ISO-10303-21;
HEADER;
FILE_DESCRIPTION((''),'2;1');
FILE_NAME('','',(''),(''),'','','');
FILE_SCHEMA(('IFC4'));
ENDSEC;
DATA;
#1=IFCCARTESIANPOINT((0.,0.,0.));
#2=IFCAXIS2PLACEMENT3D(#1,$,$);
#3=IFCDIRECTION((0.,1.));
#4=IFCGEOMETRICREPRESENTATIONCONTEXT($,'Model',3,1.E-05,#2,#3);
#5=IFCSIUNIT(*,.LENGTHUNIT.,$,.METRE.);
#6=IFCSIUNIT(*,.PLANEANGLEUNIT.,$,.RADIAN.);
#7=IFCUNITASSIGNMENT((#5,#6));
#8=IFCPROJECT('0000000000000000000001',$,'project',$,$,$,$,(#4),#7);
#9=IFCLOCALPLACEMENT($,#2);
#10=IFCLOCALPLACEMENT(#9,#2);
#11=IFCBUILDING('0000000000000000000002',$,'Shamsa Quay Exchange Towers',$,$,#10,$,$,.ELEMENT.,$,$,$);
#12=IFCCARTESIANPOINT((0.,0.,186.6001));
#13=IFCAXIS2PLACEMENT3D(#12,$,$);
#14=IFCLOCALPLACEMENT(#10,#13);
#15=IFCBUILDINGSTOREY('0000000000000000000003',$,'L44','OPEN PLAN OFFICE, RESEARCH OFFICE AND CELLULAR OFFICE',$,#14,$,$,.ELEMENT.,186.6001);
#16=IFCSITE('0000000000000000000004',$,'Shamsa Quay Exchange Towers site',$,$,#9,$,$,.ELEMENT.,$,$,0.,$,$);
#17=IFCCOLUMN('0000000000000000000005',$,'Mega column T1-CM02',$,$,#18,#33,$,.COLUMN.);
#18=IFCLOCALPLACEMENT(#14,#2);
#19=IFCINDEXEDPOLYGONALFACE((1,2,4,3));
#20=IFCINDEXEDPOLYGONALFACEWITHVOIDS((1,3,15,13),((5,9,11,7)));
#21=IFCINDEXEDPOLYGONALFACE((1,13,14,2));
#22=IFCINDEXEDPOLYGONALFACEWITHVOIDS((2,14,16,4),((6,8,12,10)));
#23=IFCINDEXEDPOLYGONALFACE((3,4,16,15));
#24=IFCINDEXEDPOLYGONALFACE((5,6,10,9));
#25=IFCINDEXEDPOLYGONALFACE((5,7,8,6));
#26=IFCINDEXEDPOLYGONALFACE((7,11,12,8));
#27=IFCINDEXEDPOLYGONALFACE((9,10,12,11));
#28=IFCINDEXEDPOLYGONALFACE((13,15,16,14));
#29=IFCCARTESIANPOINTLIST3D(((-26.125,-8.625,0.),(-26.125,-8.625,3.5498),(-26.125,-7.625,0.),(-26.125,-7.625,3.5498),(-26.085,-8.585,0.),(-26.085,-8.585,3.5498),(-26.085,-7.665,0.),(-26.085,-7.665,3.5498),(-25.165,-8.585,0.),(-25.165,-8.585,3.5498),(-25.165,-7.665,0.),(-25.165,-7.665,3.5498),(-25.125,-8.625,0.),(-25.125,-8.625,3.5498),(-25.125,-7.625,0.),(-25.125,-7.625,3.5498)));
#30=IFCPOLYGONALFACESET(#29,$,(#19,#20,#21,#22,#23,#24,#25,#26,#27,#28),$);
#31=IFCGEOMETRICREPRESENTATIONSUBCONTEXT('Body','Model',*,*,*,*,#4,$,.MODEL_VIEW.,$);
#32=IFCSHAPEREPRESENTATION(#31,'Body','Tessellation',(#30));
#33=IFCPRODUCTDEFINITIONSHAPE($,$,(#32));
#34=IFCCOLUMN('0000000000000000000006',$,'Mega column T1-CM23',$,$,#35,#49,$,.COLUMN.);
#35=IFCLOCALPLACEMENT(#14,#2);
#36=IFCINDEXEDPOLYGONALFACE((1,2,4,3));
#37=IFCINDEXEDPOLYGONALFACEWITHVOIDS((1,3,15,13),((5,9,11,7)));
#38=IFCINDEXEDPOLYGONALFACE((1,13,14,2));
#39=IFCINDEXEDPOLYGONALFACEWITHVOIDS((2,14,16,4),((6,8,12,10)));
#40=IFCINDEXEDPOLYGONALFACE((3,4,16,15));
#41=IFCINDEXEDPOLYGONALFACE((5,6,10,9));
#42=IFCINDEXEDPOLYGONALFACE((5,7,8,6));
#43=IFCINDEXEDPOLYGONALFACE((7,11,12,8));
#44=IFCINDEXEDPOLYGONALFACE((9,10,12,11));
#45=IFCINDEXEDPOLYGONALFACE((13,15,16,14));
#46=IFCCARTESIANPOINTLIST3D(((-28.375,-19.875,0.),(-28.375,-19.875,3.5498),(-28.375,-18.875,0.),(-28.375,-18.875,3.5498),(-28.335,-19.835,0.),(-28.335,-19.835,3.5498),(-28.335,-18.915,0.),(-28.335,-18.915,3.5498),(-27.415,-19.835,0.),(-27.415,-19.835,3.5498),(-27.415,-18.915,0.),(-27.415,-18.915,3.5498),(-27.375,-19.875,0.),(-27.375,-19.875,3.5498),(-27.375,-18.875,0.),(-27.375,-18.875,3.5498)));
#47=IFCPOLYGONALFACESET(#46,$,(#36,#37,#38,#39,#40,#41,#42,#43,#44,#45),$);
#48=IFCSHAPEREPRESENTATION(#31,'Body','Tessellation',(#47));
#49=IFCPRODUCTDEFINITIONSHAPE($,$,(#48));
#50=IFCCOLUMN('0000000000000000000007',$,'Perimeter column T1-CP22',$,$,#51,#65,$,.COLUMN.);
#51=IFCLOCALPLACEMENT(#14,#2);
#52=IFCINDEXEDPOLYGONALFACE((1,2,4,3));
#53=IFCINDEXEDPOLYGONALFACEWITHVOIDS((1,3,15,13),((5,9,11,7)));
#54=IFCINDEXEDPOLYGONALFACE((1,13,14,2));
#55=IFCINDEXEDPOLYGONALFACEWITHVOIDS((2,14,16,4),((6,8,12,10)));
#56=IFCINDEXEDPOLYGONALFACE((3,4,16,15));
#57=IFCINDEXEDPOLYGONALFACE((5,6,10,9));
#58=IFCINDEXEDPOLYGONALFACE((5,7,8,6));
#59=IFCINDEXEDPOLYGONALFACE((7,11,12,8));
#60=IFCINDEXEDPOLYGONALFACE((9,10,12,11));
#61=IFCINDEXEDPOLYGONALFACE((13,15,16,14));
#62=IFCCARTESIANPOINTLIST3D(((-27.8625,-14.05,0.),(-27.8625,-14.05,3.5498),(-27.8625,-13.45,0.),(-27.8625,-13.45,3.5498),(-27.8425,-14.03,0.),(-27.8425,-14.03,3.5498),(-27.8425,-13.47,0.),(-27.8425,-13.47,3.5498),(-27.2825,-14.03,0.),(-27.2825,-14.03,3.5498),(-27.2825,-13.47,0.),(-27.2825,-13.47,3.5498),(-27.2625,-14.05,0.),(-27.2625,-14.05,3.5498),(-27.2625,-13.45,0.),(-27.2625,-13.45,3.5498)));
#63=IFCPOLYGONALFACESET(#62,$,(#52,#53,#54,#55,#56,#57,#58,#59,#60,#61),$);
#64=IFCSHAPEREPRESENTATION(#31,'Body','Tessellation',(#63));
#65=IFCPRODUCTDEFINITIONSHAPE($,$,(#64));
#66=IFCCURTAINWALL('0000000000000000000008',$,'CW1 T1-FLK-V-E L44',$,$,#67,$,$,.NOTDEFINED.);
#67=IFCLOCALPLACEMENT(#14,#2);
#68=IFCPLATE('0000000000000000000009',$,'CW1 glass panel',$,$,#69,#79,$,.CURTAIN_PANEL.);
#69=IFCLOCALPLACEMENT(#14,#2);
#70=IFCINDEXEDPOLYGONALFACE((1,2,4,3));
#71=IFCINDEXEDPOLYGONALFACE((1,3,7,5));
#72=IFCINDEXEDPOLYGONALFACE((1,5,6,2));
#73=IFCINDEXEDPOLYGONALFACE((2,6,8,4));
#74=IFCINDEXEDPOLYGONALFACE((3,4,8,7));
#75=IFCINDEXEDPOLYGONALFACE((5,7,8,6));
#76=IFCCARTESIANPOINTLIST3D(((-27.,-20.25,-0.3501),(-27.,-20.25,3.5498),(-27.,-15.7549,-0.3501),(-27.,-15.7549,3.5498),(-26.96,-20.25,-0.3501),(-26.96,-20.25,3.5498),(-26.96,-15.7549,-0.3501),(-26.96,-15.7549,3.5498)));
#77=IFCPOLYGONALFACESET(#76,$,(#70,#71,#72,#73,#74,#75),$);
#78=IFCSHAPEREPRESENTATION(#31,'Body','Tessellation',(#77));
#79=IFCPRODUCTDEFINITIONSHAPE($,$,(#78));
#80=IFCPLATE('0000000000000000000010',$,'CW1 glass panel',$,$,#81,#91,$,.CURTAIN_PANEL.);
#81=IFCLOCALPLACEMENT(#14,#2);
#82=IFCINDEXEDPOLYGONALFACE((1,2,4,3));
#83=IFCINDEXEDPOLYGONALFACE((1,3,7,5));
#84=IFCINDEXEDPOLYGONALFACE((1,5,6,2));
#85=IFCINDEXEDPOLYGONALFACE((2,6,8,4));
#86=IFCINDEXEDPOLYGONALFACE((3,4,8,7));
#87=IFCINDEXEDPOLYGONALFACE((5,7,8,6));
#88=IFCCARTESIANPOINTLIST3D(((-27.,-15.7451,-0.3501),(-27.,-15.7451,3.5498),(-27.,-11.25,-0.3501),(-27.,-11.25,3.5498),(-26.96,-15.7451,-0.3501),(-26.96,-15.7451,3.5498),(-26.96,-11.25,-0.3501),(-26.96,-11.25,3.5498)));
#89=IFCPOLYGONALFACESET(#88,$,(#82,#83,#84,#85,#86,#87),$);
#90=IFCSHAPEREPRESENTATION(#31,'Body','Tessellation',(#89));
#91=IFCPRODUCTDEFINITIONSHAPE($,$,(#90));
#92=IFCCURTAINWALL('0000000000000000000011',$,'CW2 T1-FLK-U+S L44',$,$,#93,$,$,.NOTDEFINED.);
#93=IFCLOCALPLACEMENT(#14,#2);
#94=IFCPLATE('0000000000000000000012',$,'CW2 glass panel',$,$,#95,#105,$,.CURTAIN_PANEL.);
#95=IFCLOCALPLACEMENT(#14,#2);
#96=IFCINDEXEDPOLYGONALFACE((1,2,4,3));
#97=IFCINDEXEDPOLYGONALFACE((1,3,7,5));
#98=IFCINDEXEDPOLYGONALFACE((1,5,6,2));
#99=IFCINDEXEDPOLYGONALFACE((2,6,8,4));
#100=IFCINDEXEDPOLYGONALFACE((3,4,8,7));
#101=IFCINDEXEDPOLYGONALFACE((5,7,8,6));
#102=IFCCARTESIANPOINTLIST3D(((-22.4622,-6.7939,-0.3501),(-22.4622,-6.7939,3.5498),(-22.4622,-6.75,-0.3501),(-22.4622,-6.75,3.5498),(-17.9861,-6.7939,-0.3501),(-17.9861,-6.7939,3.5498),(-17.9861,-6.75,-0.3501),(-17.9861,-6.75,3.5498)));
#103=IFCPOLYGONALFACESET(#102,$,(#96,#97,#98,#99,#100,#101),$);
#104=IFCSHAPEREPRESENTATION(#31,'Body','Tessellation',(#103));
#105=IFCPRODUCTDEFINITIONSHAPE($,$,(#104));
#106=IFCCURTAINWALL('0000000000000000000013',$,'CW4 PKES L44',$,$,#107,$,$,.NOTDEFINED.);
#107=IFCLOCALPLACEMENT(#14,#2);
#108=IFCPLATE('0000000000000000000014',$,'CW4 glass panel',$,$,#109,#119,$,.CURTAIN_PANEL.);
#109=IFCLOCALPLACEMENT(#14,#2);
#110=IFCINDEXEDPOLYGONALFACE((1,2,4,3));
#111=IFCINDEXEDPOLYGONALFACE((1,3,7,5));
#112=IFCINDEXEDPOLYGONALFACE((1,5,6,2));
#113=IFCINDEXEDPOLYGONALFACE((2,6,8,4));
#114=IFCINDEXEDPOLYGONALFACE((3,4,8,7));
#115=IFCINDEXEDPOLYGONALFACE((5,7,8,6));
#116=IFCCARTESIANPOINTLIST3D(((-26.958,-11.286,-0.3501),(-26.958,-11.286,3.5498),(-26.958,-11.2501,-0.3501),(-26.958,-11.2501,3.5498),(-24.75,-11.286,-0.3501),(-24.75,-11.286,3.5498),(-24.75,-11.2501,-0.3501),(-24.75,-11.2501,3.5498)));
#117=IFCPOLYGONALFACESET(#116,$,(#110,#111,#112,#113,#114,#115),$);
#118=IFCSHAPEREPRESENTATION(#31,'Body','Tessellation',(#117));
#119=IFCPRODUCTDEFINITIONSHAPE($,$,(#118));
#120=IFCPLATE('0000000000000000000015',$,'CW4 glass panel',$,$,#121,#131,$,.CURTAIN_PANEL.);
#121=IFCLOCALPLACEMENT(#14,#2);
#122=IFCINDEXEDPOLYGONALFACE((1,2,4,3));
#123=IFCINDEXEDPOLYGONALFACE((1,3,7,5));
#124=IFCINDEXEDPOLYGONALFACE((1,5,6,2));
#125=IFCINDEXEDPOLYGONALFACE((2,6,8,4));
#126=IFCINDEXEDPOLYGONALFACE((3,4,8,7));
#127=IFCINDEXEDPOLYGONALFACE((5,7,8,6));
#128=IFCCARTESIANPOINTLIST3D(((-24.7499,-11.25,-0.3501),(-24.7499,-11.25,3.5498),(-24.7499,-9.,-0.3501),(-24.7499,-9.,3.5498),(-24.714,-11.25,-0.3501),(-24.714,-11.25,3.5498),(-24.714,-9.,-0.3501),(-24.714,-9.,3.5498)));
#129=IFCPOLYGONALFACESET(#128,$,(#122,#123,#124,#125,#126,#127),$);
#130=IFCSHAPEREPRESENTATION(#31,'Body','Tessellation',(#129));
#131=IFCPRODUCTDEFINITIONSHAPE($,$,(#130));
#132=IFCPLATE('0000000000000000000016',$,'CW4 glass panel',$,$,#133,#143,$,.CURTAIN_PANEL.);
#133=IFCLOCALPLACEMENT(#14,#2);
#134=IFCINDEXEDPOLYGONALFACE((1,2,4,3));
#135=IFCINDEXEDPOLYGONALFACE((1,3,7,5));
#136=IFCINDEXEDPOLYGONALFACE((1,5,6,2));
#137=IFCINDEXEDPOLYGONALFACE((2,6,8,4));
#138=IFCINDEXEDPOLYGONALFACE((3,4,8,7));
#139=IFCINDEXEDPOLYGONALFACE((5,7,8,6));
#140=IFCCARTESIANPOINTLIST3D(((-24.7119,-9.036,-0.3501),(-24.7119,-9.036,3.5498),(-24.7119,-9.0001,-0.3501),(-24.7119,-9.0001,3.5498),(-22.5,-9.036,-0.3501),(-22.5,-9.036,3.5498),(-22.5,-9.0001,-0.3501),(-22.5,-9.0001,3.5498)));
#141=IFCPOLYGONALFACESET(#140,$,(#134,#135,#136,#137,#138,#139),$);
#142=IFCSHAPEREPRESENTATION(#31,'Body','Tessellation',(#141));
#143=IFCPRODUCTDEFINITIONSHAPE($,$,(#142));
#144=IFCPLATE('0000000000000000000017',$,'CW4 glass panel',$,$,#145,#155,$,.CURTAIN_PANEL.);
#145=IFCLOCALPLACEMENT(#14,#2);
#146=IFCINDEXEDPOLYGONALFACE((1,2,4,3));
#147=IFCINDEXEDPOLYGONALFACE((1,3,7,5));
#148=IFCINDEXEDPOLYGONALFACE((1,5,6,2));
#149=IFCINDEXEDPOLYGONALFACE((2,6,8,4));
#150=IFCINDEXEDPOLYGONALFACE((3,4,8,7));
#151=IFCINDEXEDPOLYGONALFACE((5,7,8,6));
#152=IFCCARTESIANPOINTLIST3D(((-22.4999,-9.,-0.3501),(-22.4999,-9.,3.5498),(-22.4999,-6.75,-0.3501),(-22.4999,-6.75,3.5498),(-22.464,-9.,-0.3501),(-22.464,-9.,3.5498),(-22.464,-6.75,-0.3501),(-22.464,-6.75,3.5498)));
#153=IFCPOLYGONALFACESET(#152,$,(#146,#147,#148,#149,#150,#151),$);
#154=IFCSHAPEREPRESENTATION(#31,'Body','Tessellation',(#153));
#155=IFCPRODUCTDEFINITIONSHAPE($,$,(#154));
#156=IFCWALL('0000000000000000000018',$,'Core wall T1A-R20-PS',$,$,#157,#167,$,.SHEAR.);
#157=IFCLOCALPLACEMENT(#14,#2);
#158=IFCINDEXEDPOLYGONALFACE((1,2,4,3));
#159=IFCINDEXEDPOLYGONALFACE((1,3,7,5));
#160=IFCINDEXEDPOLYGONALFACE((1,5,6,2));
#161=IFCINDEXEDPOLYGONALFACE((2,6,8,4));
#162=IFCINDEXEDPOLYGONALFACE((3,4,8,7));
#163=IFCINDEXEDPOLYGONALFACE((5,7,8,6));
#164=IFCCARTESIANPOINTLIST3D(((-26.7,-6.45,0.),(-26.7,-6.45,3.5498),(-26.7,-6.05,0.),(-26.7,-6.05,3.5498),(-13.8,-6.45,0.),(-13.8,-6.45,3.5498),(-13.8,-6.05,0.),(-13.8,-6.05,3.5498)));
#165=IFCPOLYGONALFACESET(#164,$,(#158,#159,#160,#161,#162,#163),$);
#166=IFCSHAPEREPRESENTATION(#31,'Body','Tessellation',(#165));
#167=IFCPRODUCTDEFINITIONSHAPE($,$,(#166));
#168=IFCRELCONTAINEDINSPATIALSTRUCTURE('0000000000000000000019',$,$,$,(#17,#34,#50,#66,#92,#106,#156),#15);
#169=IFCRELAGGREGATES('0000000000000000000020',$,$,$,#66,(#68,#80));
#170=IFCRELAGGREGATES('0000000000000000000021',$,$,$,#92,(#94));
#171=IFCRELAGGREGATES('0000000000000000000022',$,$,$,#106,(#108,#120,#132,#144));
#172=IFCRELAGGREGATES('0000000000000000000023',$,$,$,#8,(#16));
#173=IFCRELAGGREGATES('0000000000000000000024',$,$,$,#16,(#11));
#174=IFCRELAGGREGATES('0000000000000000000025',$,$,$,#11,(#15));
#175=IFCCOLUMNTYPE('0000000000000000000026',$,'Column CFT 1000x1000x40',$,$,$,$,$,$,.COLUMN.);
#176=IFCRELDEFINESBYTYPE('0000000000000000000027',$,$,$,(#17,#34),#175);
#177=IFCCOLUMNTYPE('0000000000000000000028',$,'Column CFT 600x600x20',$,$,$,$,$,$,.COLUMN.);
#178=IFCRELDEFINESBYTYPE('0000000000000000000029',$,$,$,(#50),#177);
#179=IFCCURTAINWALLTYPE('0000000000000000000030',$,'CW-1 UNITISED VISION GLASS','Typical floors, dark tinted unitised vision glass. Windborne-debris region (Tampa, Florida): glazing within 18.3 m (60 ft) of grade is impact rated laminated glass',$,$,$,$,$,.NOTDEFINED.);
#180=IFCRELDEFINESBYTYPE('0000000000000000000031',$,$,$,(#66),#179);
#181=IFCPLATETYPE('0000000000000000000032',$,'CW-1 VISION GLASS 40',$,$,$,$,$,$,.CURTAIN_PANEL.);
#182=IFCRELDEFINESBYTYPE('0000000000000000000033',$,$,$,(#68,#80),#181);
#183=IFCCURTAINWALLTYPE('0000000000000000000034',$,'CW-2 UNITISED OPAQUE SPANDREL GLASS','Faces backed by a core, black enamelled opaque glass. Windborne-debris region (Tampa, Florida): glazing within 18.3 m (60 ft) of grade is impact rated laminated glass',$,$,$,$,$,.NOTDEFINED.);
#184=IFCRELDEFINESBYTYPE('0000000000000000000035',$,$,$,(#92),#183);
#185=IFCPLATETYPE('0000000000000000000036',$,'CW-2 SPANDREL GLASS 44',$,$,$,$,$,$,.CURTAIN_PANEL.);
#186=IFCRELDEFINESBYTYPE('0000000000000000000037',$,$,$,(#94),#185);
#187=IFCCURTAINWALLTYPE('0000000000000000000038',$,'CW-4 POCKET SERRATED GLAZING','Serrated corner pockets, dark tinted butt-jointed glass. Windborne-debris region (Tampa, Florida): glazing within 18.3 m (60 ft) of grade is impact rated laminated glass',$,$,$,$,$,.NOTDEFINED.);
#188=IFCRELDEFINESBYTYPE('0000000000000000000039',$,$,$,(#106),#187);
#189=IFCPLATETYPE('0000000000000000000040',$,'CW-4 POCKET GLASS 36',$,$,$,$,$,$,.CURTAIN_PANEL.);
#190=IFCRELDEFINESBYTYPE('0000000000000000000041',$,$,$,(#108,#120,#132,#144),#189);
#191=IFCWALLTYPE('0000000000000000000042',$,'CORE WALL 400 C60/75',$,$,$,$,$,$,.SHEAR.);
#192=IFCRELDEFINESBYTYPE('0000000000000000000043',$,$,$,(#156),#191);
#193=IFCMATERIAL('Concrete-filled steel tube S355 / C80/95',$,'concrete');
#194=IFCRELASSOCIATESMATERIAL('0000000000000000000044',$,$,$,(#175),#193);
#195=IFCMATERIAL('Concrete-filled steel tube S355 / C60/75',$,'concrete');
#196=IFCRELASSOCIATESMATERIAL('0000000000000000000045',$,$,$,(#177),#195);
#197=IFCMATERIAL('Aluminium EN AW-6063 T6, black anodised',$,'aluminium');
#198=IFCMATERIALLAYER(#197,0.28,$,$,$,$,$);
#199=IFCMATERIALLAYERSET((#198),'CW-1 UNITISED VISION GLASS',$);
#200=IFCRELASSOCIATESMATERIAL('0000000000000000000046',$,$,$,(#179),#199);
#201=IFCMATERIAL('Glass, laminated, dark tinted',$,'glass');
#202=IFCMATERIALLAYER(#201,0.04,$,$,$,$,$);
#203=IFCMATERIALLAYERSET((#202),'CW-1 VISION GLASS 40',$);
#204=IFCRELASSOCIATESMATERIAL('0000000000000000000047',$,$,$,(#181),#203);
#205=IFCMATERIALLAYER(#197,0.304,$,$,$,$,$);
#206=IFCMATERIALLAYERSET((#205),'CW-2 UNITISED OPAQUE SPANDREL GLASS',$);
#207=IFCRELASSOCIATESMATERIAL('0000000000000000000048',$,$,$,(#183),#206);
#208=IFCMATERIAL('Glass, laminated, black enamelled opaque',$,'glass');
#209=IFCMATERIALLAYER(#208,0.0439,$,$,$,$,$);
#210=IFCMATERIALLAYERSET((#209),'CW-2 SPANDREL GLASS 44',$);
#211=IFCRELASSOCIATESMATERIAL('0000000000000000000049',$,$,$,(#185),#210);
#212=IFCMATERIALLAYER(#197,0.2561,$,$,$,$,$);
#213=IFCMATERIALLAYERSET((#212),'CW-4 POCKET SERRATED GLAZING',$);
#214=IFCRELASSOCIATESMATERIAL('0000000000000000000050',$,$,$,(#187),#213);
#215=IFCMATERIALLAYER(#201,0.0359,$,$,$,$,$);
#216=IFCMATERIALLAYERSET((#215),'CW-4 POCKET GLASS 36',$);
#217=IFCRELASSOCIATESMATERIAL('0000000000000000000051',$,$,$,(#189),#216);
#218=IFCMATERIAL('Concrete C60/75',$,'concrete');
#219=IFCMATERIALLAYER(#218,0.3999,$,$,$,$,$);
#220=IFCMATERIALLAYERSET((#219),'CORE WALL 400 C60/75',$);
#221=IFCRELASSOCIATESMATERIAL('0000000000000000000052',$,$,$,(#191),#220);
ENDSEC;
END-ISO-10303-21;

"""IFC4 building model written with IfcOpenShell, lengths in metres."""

from ifc_helpers import new_model, si_unit, direction, frame, frame_2d, origin, origin_2d, place, context, subcontext, project, spatial, rectangle, hollow_rectangle, extrude, material, layer, layer_set, material_profile, profile_set, type_object, element, aggregate, save


model = new_model("IFC4")

# Units and contexts
model_context = context("Model", 3, precision=1e-05, world=origin(), true_north=direction((0.0, 1.0)))
body_context = subcontext(model_context, "Body", "Model", "MODEL_VIEW")
ifc_project = project(units=[si_unit("LENGTHUNIT", "METRE"), si_unit("PLANEANGLEUNIT", "RADIAN")], contexts=[model_context])

# Site, building, storey
site_placement = place(None, origin())
site = spatial("IfcSite", under=ifc_project, at=site_placement, Name="Shamsa Quay Exchange Towers site", CompositionType="ELEMENT", RefElevation=0.0)
building_placement = place(site_placement, origin())
building = spatial("IfcBuilding", under=site, at=building_placement, Name="Shamsa Quay Exchange Towers", CompositionType="ELEMENT")
storey_placement = place(building_placement, frame((0.0, 0.0, 186.6001)))
storey = spatial("IfcBuildingStorey", under=building, at=storey_placement, Name="L44", Description="OPEN PLAN OFFICE, RESEARCH OFFICE AND CELLULAR OFFICE", CompositionType="ELEMENT", Elevation=186.6001)

# Columns
ifc_material_1 = material(Name="Concrete-filled steel tube S355 / C80/95", Category="concrete")
ifc_material_profile_1 = material_profile(ifc_material_1, hollow_rectangle(XDim=1.0, YDim=1.0, WallThickness=0.04, at=origin_2d()), Name="CFT 1000x1000x40")
ifc_profile_set_1 = profile_set([ifc_material_profile_1], Name="Concrete-filled steel tube S355 / C80/95")
column_type_1 = type_object("IfcColumnType", Name="Column CFT 1000x1000x40", PredefinedType="COLUMN", material=ifc_profile_set_1)
for number, where, name in (
    (1, (-25.625, -8.125, 0.0), "Mega column T1-CM02"),
    (2, (-27.875, -19.375, 0.0), "Mega column T1-CM23"),
):
    element("IfcColumn", number, at=place(storey_placement, frame(where)), inside=storey, type_object=column_type_1, Name=name, PredefinedType="COLUMN", context=body_context, shape_type="SweptSolid", body=[
        extrude(hollow_rectangle(XDim=1.0, YDim=1.0, WallThickness=0.04, at=origin_2d()), origin(), (0.0, 0.0, 1.0), 3.5498),
    ])
ifc_material_2 = material(Name="Concrete-filled steel tube S355 / C60/75", Category="concrete")
ifc_material_profile_2 = material_profile(ifc_material_2, hollow_rectangle(XDim=0.6001, YDim=0.6001, WallThickness=0.02, at=origin_2d()), Name="CFT 600x600x20")
ifc_profile_set_2 = profile_set([ifc_material_profile_2], Name="Concrete-filled steel tube S355 / C60/75")
column_type_2 = type_object("IfcColumnType", Name="Column CFT 600x600x20", PredefinedType="COLUMN", material=ifc_profile_set_2)
column_placement = place(storey_placement, frame((-27.5625, -13.75, 0.0)))
element("IfcColumn", 3, at=column_placement, inside=storey, type_object=column_type_2, Name="Perimeter column T1-CP22", PredefinedType="COLUMN", context=body_context, shape_type="SweptSolid", body=[
    extrude(hollow_rectangle(XDim=0.6001, YDim=0.6001, WallThickness=0.02, at=origin_2d()), origin(), (0.0, 0.0, 1.0), 3.5498),
])

# Curtain wall, plates
ifc_material_3 = material(Name="Aluminium EN AW-6063 T6, black anodised", Category="aluminium")
ifc_layer_1 = layer(ifc_material_3, 0.28)
ifc_layer_set_1 = layer_set([ifc_layer_1], Name="CW-1 UNITISED VISION GLASS")
curtain_wall_type_1 = type_object("IfcCurtainWallType", Name="CW-1 UNITISED VISION GLASS", Description="Typical floors, dark tinted unitised vision glass. Windborne-debris region (Tampa, Florida): glazing within 18.3 m (60 ft) of grade is impact rated laminated glass", PredefinedType="NOTDEFINED", material=ifc_layer_set_1)
curtain_wall_1_placement = place(storey_placement, origin())
curtain_wall_1 = element("IfcCurtainWall", 4, at=curtain_wall_1_placement, inside=storey, type_object=curtain_wall_type_1, Name="CW1 T1-FLK-V-E L44", PredefinedType="NOTDEFINED")
ifc_material_4 = material(Name="Glass, laminated, dark tinted", Category="glass")
ifc_layer_2 = layer(ifc_material_4, 0.04)
ifc_layer_set_2 = layer_set([ifc_layer_2], Name="CW-1 VISION GLASS 40")
plate_type_1 = type_object("IfcPlateType", Name="CW-1 VISION GLASS 40", PredefinedType="CURTAIN_PANEL", material=ifc_layer_set_2)
plate_1_placement = place(storey_placement, frame((-26.98, -18.0024, -0.3501), z_axis=(0.0, 0.0, 1.0), x_axis=(0.0, 1.0, 0.0)))
plate_1 = element("IfcPlate", 5, at=plate_1_placement, type_object=plate_type_1, Name="CW1 glass panel", PredefinedType="CURTAIN_PANEL", context=body_context, shape_type="SweptSolid", body=[
    extrude(rectangle(XDim=4.4951, YDim=0.04, at=origin_2d()), origin(), (0.0, 0.0, 1.0), 3.8999),
])
plate_2_placement = place(storey_placement, frame((-26.98, -13.4976, -0.3501), z_axis=(0.0, 0.0, 1.0), x_axis=(0.0, 1.0, 0.0)))
plate_2 = element("IfcPlate", 6, at=plate_2_placement, type_object=plate_type_1, Name="CW1 glass panel", PredefinedType="CURTAIN_PANEL", context=body_context, shape_type="SweptSolid", body=[
    extrude(rectangle(XDim=4.4951, YDim=0.04, at=origin_2d()), origin(), (0.0, 0.0, 1.0), 3.8999),
])
aggregate(curtain_wall_1, [plate_1, plate_2])

# Curtain wall, plate
ifc_layer_3 = layer(ifc_material_3, 0.304)
ifc_layer_set_3 = layer_set([ifc_layer_3], Name="CW-2 UNITISED OPAQUE SPANDREL GLASS")
curtain_wall_type_2 = type_object("IfcCurtainWallType", Name="CW-2 UNITISED OPAQUE SPANDREL GLASS", Description="Faces backed by a core, black enamelled opaque glass. Windborne-debris region (Tampa, Florida): glazing within 18.3 m (60 ft) of grade is impact rated laminated glass", PredefinedType="NOTDEFINED", material=ifc_layer_set_3)
curtain_wall_2_placement = place(storey_placement, origin())
curtain_wall_2 = element("IfcCurtainWall", 7, at=curtain_wall_2_placement, inside=storey, type_object=curtain_wall_type_2, Name="CW2 T1-FLK-U+S L44", PredefinedType="NOTDEFINED")
ifc_material_5 = material(Name="Glass, laminated, black enamelled opaque", Category="glass")
ifc_layer_4 = layer(ifc_material_5, 0.0439)
ifc_layer_set_4 = layer_set([ifc_layer_4], Name="CW-2 SPANDREL GLASS 44")
plate_type_2 = type_object("IfcPlateType", Name="CW-2 SPANDREL GLASS 44", PredefinedType="CURTAIN_PANEL", material=ifc_layer_set_4)
plate_3_placement = place(storey_placement, frame((-20.2241, -6.772, -0.3501)))
plate_3 = element("IfcPlate", 8, at=plate_3_placement, type_object=plate_type_2, Name="CW2 glass panel", PredefinedType="CURTAIN_PANEL", context=body_context, shape_type="SweptSolid", body=[
    extrude(rectangle(XDim=4.4761, YDim=0.0439, at=origin_2d()), origin(), (0.0, 0.0, 1.0), 3.8999),
])
aggregate(curtain_wall_2, [plate_3])

# Curtain wall, plates
ifc_layer_5 = layer(ifc_material_3, 0.2561)
ifc_layer_set_5 = layer_set([ifc_layer_5], Name="CW-4 POCKET SERRATED GLAZING")
curtain_wall_type_3 = type_object("IfcCurtainWallType", Name="CW-4 POCKET SERRATED GLAZING", Description="Serrated corner pockets, dark tinted butt-jointed glass. Windborne-debris region (Tampa, Florida): glazing within 18.3 m (60 ft) of grade is impact rated laminated glass", PredefinedType="NOTDEFINED", material=ifc_layer_set_5)
curtain_wall_3_placement = place(storey_placement, origin())
curtain_wall_3 = element("IfcCurtainWall", 9, at=curtain_wall_3_placement, inside=storey, type_object=curtain_wall_type_3, Name="CW4 PKES L44", PredefinedType="NOTDEFINED")
ifc_layer_6 = layer(ifc_material_4, 0.0359)
ifc_layer_set_6 = layer_set([ifc_layer_6], Name="CW-4 POCKET GLASS 36")
plate_type_3 = type_object("IfcPlateType", Name="CW-4 POCKET GLASS 36", PredefinedType="CURTAIN_PANEL", material=ifc_layer_set_6)
plate_4_placement = place(storey_placement, frame((-25.854, -11.2681, -0.3501)))
plate_4 = element("IfcPlate", 10, at=plate_4_placement, type_object=plate_type_3, Name="CW4 glass panel", PredefinedType="CURTAIN_PANEL", context=body_context, shape_type="SweptSolid", body=[
    extrude(rectangle(XDim=2.208, YDim=0.0359, at=origin_2d()), origin(), (0.0, 0.0, 1.0), 3.8999),
])
plate_5_placement = place(storey_placement, frame((-24.7319, -10.125, -0.3501), z_axis=(0.0, 0.0, 1.0), x_axis=(0.0, 1.0, 0.0)))
plate_5 = element("IfcPlate", 11, at=plate_5_placement, type_object=plate_type_3, Name="CW4 glass panel", PredefinedType="CURTAIN_PANEL", context=body_context, shape_type="SweptSolid", body=[
    extrude(rectangle(XDim=2.25, YDim=0.0359, at=origin_2d()), origin(), (0.0, 0.0, 1.0), 3.8999),
])
plate_6_placement = place(storey_placement, frame((-23.606, -9.0181, -0.3501)))
plate_6 = element("IfcPlate", 12, at=plate_6_placement, type_object=plate_type_3, Name="CW4 glass panel", PredefinedType="CURTAIN_PANEL", context=body_context, shape_type="SweptSolid", body=[
    extrude(rectangle(XDim=2.2119, YDim=0.0359, at=origin_2d()), origin(), (0.0, 0.0, 1.0), 3.8999),
])
plate_7_placement = place(storey_placement, frame((-22.4819, -7.875, -0.3501), z_axis=(0.0, 0.0, 1.0), x_axis=(0.0, 1.0, 0.0)))
plate_7 = element("IfcPlate", 13, at=plate_7_placement, type_object=plate_type_3, Name="CW4 glass panel", PredefinedType="CURTAIN_PANEL", context=body_context, shape_type="SweptSolid", body=[
    extrude(rectangle(XDim=2.25, YDim=0.0359, at=origin_2d()), origin(), (0.0, 0.0, 1.0), 3.8999),
])
aggregate(curtain_wall_3, [plate_4, plate_5, plate_6, plate_7])

# Wall
ifc_material_6 = material(Name="Concrete C60/75", Category="concrete")
ifc_layer_7 = layer(ifc_material_6, 0.3999)
ifc_layer_set_7 = layer_set([ifc_layer_7], Name="CORE WALL 400 C60/75")
wall_type_1 = type_object("IfcWallType", Name="CORE WALL 400 C60/75", PredefinedType="SHEAR", material=ifc_layer_set_7)
wall_1_placement = place(storey_placement, frame((-26.7, -6.25, 0.0)))
element("IfcWall", 14, at=wall_1_placement, inside=storey, type_object=wall_type_1, Name="Core wall T1A-R20-PS", PredefinedType="SHEAR", context=body_context, shape_type="SweptSolid", body=[
    extrude(rectangle(XDim=12.8999, YDim=0.3999, at=frame_2d((6.45, 0.0))), origin(), (0.0, 0.0, 1.0), 3.5498),
])

save(model, "model.ifc")
